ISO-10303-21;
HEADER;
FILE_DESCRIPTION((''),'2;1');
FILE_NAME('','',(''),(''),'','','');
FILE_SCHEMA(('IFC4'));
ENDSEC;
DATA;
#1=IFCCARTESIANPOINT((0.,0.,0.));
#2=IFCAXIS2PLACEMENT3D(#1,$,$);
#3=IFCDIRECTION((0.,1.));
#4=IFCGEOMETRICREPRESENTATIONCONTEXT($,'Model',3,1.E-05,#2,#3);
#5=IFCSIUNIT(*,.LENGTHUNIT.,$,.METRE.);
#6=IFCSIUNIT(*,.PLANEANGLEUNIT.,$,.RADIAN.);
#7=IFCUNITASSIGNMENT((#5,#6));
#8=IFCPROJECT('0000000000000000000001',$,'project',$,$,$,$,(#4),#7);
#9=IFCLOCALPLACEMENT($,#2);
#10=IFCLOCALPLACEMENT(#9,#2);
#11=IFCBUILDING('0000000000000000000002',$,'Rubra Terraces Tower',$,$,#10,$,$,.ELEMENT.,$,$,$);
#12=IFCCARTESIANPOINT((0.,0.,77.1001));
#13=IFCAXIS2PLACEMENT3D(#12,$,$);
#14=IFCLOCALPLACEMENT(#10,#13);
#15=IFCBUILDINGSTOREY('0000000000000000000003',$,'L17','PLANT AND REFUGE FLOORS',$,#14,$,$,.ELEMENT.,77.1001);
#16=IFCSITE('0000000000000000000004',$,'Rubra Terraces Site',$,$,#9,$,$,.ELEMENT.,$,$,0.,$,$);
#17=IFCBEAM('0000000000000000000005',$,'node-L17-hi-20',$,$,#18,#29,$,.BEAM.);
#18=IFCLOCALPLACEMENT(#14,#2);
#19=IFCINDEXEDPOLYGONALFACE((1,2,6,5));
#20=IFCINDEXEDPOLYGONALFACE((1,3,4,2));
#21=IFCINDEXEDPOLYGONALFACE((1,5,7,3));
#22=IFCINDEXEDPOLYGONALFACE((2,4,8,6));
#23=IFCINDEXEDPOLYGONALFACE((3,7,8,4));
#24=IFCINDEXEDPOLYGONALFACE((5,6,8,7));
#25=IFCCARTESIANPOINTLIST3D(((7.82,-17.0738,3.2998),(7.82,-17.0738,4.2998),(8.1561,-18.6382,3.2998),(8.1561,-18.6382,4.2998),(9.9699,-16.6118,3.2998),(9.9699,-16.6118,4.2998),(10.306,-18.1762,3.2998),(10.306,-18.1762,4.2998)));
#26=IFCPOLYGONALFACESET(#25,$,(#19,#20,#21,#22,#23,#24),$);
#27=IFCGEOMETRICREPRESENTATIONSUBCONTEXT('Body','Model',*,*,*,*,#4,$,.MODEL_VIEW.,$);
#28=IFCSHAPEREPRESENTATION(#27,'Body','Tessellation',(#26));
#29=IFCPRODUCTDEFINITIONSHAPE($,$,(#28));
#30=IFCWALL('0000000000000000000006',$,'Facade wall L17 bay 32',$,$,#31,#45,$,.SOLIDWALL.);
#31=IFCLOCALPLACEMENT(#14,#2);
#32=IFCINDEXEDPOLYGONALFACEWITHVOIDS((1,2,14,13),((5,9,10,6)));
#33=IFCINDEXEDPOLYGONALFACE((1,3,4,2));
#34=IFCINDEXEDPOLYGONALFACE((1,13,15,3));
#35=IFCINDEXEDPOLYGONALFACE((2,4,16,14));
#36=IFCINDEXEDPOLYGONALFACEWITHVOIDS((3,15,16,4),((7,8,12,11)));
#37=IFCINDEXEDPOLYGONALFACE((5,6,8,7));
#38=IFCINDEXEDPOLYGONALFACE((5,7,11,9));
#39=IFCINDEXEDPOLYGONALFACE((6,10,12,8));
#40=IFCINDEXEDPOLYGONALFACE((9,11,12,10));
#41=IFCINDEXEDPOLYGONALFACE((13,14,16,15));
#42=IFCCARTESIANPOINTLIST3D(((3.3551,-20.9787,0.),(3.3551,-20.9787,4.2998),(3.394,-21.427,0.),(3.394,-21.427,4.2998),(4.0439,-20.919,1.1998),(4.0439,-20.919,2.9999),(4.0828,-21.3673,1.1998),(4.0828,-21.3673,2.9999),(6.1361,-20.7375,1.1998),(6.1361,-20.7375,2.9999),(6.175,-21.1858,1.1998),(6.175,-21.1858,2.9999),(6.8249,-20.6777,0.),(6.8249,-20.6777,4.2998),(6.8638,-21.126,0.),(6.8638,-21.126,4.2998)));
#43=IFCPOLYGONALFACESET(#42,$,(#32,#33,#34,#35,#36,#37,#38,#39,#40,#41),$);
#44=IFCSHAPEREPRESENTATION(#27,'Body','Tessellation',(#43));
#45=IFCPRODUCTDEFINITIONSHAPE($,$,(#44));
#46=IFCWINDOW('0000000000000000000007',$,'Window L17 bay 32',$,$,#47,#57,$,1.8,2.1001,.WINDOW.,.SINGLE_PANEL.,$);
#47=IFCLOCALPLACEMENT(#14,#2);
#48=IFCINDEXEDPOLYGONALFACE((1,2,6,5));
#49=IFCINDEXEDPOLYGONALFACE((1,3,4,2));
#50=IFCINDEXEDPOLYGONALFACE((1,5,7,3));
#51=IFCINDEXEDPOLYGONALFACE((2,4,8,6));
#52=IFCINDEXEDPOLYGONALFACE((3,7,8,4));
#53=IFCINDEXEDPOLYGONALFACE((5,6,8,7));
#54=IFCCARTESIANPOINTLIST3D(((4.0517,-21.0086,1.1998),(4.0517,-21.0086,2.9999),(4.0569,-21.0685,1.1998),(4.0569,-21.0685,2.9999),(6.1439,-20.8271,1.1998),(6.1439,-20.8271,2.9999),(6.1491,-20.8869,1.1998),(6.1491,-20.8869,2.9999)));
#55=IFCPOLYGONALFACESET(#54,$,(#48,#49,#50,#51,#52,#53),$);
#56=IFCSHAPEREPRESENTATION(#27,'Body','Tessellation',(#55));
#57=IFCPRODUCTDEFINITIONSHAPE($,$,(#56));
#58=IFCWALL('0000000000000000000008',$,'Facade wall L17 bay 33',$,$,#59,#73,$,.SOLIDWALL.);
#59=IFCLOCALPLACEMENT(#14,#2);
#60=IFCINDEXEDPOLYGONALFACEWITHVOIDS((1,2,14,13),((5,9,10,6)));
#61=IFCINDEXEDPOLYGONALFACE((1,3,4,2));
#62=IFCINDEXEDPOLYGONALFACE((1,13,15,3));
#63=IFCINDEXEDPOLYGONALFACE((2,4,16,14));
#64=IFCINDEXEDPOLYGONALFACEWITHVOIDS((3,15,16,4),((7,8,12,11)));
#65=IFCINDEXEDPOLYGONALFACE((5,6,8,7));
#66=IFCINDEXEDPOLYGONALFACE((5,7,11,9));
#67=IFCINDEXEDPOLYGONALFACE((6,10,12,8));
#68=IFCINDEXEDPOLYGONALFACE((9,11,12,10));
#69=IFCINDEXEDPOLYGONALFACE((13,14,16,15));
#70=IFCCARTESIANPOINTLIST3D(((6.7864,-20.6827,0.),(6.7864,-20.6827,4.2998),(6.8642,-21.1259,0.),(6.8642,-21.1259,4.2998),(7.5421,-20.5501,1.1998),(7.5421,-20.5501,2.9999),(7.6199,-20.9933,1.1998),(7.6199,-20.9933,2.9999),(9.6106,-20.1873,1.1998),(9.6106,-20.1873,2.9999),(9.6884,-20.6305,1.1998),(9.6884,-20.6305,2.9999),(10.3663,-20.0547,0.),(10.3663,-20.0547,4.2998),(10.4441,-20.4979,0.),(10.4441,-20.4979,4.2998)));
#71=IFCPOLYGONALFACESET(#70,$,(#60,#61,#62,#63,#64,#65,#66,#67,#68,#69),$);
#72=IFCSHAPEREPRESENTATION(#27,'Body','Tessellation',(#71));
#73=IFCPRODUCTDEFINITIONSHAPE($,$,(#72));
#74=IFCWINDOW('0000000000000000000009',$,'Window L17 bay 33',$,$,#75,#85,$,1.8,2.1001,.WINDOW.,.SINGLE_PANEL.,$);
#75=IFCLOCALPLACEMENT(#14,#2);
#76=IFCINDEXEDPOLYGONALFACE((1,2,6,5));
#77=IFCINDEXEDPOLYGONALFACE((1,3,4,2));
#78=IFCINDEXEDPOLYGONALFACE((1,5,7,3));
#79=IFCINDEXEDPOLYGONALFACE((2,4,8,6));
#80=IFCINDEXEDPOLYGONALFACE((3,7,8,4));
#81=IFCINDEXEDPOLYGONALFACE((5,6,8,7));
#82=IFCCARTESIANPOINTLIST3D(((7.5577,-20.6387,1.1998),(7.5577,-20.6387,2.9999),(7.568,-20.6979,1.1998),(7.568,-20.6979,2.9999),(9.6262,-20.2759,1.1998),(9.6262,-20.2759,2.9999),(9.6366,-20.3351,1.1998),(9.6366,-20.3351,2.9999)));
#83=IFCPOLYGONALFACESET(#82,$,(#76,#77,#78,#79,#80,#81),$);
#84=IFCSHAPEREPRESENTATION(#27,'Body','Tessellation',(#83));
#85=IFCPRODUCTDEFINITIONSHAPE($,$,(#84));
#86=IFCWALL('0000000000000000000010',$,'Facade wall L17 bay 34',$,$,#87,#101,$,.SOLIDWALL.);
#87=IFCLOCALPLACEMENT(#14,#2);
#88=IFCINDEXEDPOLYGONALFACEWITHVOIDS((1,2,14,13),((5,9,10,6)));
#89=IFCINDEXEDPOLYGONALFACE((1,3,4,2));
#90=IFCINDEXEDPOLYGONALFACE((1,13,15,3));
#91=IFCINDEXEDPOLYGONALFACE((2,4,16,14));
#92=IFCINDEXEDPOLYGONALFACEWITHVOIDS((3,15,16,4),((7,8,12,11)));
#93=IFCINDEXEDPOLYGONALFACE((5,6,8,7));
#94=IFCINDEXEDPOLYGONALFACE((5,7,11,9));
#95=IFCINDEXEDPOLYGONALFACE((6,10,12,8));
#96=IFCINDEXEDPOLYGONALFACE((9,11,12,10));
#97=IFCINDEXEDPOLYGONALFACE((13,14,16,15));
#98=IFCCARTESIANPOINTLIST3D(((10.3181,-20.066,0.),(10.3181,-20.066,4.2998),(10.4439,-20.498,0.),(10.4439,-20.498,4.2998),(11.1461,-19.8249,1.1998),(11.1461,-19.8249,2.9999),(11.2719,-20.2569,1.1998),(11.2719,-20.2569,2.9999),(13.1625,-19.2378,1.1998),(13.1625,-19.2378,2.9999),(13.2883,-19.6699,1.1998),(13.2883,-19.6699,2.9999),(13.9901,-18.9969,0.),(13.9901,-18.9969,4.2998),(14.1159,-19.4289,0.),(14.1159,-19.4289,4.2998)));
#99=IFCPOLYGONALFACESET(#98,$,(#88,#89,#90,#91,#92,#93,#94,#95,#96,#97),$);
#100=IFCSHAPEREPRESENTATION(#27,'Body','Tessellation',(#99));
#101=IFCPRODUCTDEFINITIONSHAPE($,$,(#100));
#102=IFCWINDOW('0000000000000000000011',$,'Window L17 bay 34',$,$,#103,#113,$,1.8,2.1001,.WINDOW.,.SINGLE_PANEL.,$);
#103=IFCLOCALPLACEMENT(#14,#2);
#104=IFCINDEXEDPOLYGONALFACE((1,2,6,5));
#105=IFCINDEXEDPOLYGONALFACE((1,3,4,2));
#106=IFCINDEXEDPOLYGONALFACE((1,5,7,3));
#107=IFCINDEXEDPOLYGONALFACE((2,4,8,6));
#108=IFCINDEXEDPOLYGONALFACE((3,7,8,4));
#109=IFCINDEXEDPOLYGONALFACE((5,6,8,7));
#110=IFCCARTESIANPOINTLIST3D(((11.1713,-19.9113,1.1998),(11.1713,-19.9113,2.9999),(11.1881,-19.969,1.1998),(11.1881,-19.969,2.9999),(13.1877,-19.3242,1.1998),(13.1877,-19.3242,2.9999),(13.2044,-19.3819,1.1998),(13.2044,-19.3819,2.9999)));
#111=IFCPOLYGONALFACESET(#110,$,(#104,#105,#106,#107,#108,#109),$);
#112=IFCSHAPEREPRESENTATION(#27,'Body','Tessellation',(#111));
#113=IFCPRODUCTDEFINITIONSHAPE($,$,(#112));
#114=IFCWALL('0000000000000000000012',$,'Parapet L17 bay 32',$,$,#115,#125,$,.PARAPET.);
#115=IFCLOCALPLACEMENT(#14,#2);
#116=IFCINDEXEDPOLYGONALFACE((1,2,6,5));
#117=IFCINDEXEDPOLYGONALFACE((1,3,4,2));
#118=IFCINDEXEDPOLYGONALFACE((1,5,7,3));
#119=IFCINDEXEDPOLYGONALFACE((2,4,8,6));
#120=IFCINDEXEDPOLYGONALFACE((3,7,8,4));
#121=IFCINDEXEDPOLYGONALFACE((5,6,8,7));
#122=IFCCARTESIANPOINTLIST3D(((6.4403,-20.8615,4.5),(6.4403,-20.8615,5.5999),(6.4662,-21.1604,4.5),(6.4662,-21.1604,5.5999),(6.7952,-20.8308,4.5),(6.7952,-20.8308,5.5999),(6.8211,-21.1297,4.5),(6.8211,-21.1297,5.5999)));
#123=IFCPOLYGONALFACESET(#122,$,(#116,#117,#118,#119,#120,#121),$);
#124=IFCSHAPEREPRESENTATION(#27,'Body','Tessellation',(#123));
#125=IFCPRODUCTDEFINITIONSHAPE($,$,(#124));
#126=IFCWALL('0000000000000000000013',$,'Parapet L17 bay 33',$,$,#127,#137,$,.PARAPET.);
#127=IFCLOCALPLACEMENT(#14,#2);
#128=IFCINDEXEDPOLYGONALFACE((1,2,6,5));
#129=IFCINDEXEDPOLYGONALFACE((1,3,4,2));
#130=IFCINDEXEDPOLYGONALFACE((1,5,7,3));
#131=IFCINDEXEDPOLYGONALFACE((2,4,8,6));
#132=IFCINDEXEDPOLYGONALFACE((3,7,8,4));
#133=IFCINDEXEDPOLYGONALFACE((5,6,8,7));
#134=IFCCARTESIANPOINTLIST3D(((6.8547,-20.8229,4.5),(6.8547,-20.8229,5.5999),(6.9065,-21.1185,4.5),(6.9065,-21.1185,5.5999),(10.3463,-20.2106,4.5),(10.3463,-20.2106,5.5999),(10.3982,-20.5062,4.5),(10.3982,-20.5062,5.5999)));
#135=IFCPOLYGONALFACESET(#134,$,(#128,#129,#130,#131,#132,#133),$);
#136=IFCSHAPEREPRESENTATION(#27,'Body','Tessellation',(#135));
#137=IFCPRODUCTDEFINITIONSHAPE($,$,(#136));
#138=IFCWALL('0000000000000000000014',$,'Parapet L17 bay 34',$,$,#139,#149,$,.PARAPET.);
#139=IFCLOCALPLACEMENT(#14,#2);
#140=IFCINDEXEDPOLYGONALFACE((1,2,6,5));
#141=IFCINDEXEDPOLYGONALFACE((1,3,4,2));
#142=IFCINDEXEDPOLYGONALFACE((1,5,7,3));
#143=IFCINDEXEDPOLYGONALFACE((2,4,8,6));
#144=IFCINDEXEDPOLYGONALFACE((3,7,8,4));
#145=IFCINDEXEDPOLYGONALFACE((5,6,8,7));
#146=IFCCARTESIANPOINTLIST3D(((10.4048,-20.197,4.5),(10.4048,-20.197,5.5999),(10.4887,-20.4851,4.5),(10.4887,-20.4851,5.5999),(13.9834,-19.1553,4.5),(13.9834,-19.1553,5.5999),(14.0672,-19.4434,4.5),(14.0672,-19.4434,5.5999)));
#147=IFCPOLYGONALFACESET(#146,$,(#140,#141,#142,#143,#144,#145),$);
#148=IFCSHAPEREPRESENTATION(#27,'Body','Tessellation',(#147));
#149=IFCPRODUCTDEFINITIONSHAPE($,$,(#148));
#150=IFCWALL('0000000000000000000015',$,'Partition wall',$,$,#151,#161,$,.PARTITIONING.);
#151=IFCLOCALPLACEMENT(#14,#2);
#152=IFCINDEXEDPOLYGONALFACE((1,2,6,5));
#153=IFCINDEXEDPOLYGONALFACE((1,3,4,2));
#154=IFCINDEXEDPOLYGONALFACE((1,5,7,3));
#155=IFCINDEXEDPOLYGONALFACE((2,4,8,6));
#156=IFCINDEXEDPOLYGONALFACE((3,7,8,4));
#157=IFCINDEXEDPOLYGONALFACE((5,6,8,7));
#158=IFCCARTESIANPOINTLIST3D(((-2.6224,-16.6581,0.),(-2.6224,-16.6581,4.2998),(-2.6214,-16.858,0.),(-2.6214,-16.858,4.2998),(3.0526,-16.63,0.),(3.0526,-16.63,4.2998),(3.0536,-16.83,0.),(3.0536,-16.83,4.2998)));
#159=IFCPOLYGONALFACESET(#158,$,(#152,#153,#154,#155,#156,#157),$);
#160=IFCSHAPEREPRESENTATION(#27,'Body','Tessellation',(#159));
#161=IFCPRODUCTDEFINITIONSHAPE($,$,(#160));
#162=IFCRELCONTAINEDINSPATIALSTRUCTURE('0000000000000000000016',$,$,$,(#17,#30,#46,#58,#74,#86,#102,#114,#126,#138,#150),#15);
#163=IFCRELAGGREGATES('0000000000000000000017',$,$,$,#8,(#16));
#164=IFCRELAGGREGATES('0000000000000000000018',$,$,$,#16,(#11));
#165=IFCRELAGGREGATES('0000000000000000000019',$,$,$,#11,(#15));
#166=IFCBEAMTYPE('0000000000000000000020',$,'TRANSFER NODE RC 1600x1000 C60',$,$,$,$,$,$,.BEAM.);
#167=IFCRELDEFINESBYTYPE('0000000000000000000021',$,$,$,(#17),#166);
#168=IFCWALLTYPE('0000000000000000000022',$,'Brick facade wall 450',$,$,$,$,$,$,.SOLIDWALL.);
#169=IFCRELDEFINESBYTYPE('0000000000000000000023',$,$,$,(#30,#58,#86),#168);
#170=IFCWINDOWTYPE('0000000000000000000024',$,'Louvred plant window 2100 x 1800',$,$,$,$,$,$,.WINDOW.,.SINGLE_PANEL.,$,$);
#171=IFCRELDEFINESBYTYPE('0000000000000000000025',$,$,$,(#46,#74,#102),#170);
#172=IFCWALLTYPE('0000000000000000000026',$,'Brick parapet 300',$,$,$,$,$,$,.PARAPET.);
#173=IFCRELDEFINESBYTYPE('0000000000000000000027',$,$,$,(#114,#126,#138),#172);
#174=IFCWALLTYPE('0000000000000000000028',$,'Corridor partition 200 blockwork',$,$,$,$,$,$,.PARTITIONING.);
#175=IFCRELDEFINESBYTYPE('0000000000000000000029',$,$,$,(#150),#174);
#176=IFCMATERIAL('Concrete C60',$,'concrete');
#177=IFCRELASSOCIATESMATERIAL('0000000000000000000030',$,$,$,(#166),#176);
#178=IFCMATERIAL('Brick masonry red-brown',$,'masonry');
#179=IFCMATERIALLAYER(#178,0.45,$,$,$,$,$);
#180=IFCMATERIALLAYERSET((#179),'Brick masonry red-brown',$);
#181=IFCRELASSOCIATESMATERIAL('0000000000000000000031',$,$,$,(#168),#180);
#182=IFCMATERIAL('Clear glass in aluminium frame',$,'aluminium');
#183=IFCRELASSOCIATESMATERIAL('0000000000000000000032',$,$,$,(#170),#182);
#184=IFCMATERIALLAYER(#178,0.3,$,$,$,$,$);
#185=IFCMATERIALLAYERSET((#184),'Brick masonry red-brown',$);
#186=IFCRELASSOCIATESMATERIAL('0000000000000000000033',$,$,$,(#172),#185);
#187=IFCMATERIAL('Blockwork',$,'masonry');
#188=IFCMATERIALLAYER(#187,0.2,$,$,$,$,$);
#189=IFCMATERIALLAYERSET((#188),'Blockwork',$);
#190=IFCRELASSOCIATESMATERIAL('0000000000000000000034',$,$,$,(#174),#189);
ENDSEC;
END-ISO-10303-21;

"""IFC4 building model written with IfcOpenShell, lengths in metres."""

from ifc_helpers import new_model, si_unit, direction, frame, frame_2d, origin, origin_2d, place, context, subcontext, project, spatial, rectangle, extrude, material, layer, layer_set, material_profile, profile_set, type_object, element, fill, save


model = new_model("IFC4")

# Units and contexts
model_context = context("Model", 3, precision=1e-05, world=origin(), true_north=direction((0.0, 1.0)))
body_context = subcontext(model_context, "Body", "Model", "MODEL_VIEW")
ifc_project = project(units=[si_unit("LENGTHUNIT", "METRE"), si_unit("PLANEANGLEUNIT", "RADIAN")], contexts=[model_context])

# Site, building, storey
site_placement = place(None, origin())
site = spatial("IfcSite", under=ifc_project, at=site_placement, Name="Rubra Terraces Site", CompositionType="ELEMENT", RefElevation=0.0)
building_placement = place(site_placement, origin())
building = spatial("IfcBuilding", under=site, at=building_placement, Name="Rubra Terraces Tower", CompositionType="ELEMENT")
storey_placement = place(building_placement, frame((0.0, 0.0, 77.1001)))
storey = spatial("IfcBuildingStorey", under=building, at=storey_placement, Name="L17", Description="PLANT AND REFUGE FLOORS", CompositionType="ELEMENT", Elevation=77.1001)

# Shared definitions
ifc_material_1 = material(Name="Concrete C60", Category="concrete")

# Beam
ifc_material_profile_1 = material_profile(ifc_material_1, rectangle(XDim=1.6001, YDim=1.0, at=origin_2d()), Name="RC 1600x1000")
ifc_profile_set_1 = profile_set([ifc_material_profile_1], Name="Concrete C60")
beam_type_1 = type_object("IfcBeamType", Name="TRANSFER NODE RC 1600x1000 C60", PredefinedType="BEAM", material=ifc_profile_set_1)
beam_1_placement = place(storey_placement, frame((7.988, -17.856, 3.7998), z_axis=(0.977689, 0.21006, 0.0), x_axis=(-0.21006, 0.977689, 0.0)))
element("IfcBeam", 1, at=beam_1_placement, inside=storey, type_object=beam_type_1, Name="node-L17-hi-20", PredefinedType="BEAM", context=body_context, shape_type="SweptSolid", body=[
    extrude(rectangle(XDim=1.6001, YDim=1.0, at=origin_2d()), origin(), (0.0, 0.0, 1.0), 2.199),
])

# Walls, openings, windows
ifc_material_2 = material(Name="Brick masonry red-brown", Category="masonry")
ifc_layer_1 = layer(ifc_material_2, 0.45)
ifc_layer_set_1 = layer_set([ifc_layer_1], Name="Brick masonry red-brown")
wall_type_1 = type_object("IfcWallType", Name="Brick facade wall 450", PredefinedType="SOLIDWALL", material=ifc_layer_set_1)
wall_1_placement = place(storey_placement, frame((3.3745, -21.2029, 0.0), z_axis=(0.0, 0.0, 1.0), x_axis=(0.996258, 0.086427, 0.0)))
wall_1 = element("IfcWall", 2, at=wall_1_placement, inside=storey, type_object=wall_type_1, Name="Facade wall L17 bay 32", PredefinedType="SOLIDWALL", context=body_context, shape_type="SweptSolid", body=[
    extrude(rectangle(XDim=3.4829, YDim=0.45, at=frame_2d((1.7415, 0.0))), origin(), (0.0, 0.0, 1.0), 4.2998),
])
opening_1_placement = place(wall_1_placement, frame((0.6914, 0.0, 1.2)))
opening_1 = element("IfcOpeningElement", 3, at=opening_1_placement, cuts=wall_1, PredefinedType="OPENING", context=body_context, shape_type="SweptSolid", body=[
    extrude(rectangle(XDim=2.1001, YDim=1.8, at=frame_2d((1.05, 0.8999))), frame((0.0, 0.2349, 0.0), z_axis=(0.0, -1.0, 0.0), x_axis=(1.0, 0.0, 0.0)), (0.0, 0.0, 1.0), 0.47),
])
ifc_material_3 = material(Name="Clear glass in aluminium frame", Category="aluminium")
window_type = type_object("IfcWindowType", Name="Louvred plant window 2100 x 1800", PartitioningType="SINGLE_PANEL", PredefinedType="WINDOW", material=ifc_material_3)
window_1_placement = place(opening_1_placement, origin())
window_1 = element("IfcWindow", 4, at=window_1_placement, inside=storey, type_object=window_type, Name="Window L17 bay 32", OverallHeight=1.8, OverallWidth=2.1001, PartitioningType="SINGLE_PANEL", PredefinedType="WINDOW", context=body_context, shape_type="SweptSolid", body=[
    extrude(rectangle(XDim=2.1001, YDim=1.8, at=frame_2d((1.05, 0.8999))), frame((0.0, 0.135, 0.0), z_axis=(0.0, -1.0, 0.0), x_axis=(1.0, 0.0, 0.0)), (0.0, 0.0, 1.0), 0.0601),
])
fill(opening_1, window_1)
wall_2_placement = place(storey_placement, frame((6.8252, -20.9043, 0.0), z_axis=(0.0, 0.0, 1.0), x_axis=(0.984962, 0.17277, 0.0)))
wall_2 = element("IfcWall", 5, at=wall_2_placement, inside=storey, type_object=wall_type_1, Name="Facade wall L17 bay 33", PredefinedType="SOLIDWALL", context=body_context, shape_type="SweptSolid", body=[
    extrude(rectangle(XDim=3.6345, YDim=0.45, at=frame_2d((1.8174, 0.0))), origin(), (0.0, 0.0, 1.0), 4.2998),
])
opening_2_placement = place(wall_2_placement, frame((0.7673, 0.0, 1.2)))
opening_2 = element("IfcOpeningElement", 6, at=opening_2_placement, cuts=wall_2, PredefinedType="OPENING", context=body_context, shape_type="SweptSolid", body=[
    extrude(rectangle(XDim=2.1001, YDim=1.8, at=frame_2d((1.05, 0.8999))), frame((0.0, 0.2349, 0.0), z_axis=(0.0, -1.0, 0.0), x_axis=(1.0, 0.0, 0.0)), (0.0, 0.0, 1.0), 0.47),
])
window_2_placement = place(opening_2_placement, origin())
window_2 = element("IfcWindow", 7, at=window_2_placement, inside=storey, type_object=window_type, Name="Window L17 bay 33", OverallHeight=1.8, OverallWidth=2.1001, PartitioningType="SINGLE_PANEL", PredefinedType="WINDOW", context=body_context, shape_type="SweptSolid", body=[
    extrude(rectangle(XDim=2.1001, YDim=1.8, at=frame_2d((1.05, 0.8999))), frame((0.0, 0.135, 0.0), z_axis=(0.0, -1.0, 0.0), x_axis=(1.0, 0.0, 0.0)), (0.0, 0.0, 1.0), 0.0601),
])
fill(opening_2, window_2)
wall_3_placement = place(storey_placement, frame((10.3811, -20.282, 0.0), z_axis=(0.0, 0.0, 1.0), x_axis=(0.960131, 0.279549, 0.0)))
wall_3 = element("IfcWall", 8, at=wall_3_placement, inside=storey, type_object=wall_type_1, Name="Facade wall L17 bay 34", PredefinedType="SOLIDWALL", context=body_context, shape_type="SweptSolid", body=[
    extrude(rectangle(XDim=3.8245, YDim=0.45, at=frame_2d((1.9121, 0.0))), origin(), (0.0, 0.0, 1.0), 4.2998),
])
opening_3_placement = place(wall_3_placement, frame((0.8623, 0.0, 1.2)))
opening_3 = element("IfcOpeningElement", 9, at=opening_3_placement, cuts=wall_3, PredefinedType="OPENING", context=body_context, shape_type="SweptSolid", body=[
    extrude(rectangle(XDim=2.1001, YDim=1.8, at=frame_2d((1.05, 0.8999))), frame((0.0, 0.2349, 0.0), z_axis=(0.0, -1.0, 0.0), x_axis=(1.0, 0.0, 0.0)), (0.0, 0.0, 1.0), 0.47),
])
window_3_placement = place(opening_3_placement, origin())
window_3 = element("IfcWindow", 10, at=window_3_placement, inside=storey, type_object=window_type, Name="Window L17 bay 34", OverallHeight=1.8, OverallWidth=2.1001, PartitioningType="SINGLE_PANEL", PredefinedType="WINDOW", context=body_context, shape_type="SweptSolid", body=[
    extrude(rectangle(XDim=2.1001, YDim=1.8, at=frame_2d((1.05, 0.8999))), frame((0.0, 0.135, 0.0), z_axis=(0.0, -1.0, 0.0), x_axis=(1.0, 0.0, 0.0)), (0.0, 0.0, 1.0), 0.0601),
])
fill(opening_3, window_3)

# Walls
ifc_layer_2 = layer(ifc_material_2, 0.3)
ifc_layer_set_2 = layer_set([ifc_layer_2], Name="Brick masonry red-brown")
wall_type_2 = type_object("IfcWallType", Name="Brick parapet 300", PredefinedType="PARAPET", material=ifc_layer_set_2)
wall_4_placement = place(storey_placement, frame((6.4531, -21.011, 4.5), z_axis=(0.0, 0.0, 1.0), x_axis=(0.996266, 0.086334, 0.0)))
element("IfcWall", 11, at=wall_4_placement, inside=storey, type_object=wall_type_2, Name="Parapet L17 bay 32", PredefinedType="PARAPET", context=body_context, shape_type="SweptSolid", body=[
    extrude(rectangle(XDim=0.3562, YDim=0.3, at=frame_2d((0.1782, 0.0))), origin(), (0.0, 0.0, 1.0), 1.0999),
])
wall_5_placement = place(storey_placement, frame((6.8806, -20.9707, 4.5), z_axis=(0.0, 0.0, 1.0), x_axis=(0.98497, 0.172724, 0.0)))
element("IfcWall", 12, at=wall_5_placement, inside=storey, type_object=wall_type_2, Name="Parapet L17 bay 33", PredefinedType="PARAPET", context=body_context, shape_type="SweptSolid", body=[
    extrude(rectangle(XDim=3.5449, YDim=0.3, at=frame_2d((1.7725, 0.0))), origin(), (0.0, 0.0, 1.0), 1.0999),
])
wall_6_placement = place(storey_placement, frame((10.4468, -20.3411, 4.5), z_axis=(0.0, 0.0, 1.0), x_axis=(0.960145, 0.279502, 0.0)))
element("IfcWall", 13, at=wall_6_placement, inside=storey, type_object=wall_type_2, Name="Parapet L17 bay 34", PredefinedType="PARAPET", context=body_context, shape_type="SweptSolid", body=[
    extrude(rectangle(XDim=3.7271, YDim=0.3, at=frame_2d((1.8635, 0.0))), origin(), (0.0, 0.0, 1.0), 1.0999),
])
ifc_material_4 = material(Name="Blockwork", Category="masonry")
ifc_layer_3 = layer(ifc_material_4, 0.2)
ifc_layer_set_3 = layer_set([ifc_layer_3], Name="Blockwork")
wall_type_3 = type_object("IfcWallType", Name="Corridor partition 200 blockwork", PredefinedType="PARTITIONING", material=ifc_layer_set_3)
wall_7_placement = place(storey_placement, frame((3.053, -16.73, 0.0), z_axis=(0.0, 0.0, 1.0), x_axis=(-0.999988, -0.004947, 0.0)))
element("IfcWall", 14, at=wall_7_placement, inside=storey, type_object=wall_type_3, Name="Partition wall", PredefinedType="PARTITIONING", context=body_context, shape_type="SweptSolid", body=[
    extrude(rectangle(XDim=5.675, YDim=0.2, at=frame_2d((2.8374, 0.0))), origin(), (0.0, 0.0, 1.0), 4.2998),
])

save(model, "model.ifc")
